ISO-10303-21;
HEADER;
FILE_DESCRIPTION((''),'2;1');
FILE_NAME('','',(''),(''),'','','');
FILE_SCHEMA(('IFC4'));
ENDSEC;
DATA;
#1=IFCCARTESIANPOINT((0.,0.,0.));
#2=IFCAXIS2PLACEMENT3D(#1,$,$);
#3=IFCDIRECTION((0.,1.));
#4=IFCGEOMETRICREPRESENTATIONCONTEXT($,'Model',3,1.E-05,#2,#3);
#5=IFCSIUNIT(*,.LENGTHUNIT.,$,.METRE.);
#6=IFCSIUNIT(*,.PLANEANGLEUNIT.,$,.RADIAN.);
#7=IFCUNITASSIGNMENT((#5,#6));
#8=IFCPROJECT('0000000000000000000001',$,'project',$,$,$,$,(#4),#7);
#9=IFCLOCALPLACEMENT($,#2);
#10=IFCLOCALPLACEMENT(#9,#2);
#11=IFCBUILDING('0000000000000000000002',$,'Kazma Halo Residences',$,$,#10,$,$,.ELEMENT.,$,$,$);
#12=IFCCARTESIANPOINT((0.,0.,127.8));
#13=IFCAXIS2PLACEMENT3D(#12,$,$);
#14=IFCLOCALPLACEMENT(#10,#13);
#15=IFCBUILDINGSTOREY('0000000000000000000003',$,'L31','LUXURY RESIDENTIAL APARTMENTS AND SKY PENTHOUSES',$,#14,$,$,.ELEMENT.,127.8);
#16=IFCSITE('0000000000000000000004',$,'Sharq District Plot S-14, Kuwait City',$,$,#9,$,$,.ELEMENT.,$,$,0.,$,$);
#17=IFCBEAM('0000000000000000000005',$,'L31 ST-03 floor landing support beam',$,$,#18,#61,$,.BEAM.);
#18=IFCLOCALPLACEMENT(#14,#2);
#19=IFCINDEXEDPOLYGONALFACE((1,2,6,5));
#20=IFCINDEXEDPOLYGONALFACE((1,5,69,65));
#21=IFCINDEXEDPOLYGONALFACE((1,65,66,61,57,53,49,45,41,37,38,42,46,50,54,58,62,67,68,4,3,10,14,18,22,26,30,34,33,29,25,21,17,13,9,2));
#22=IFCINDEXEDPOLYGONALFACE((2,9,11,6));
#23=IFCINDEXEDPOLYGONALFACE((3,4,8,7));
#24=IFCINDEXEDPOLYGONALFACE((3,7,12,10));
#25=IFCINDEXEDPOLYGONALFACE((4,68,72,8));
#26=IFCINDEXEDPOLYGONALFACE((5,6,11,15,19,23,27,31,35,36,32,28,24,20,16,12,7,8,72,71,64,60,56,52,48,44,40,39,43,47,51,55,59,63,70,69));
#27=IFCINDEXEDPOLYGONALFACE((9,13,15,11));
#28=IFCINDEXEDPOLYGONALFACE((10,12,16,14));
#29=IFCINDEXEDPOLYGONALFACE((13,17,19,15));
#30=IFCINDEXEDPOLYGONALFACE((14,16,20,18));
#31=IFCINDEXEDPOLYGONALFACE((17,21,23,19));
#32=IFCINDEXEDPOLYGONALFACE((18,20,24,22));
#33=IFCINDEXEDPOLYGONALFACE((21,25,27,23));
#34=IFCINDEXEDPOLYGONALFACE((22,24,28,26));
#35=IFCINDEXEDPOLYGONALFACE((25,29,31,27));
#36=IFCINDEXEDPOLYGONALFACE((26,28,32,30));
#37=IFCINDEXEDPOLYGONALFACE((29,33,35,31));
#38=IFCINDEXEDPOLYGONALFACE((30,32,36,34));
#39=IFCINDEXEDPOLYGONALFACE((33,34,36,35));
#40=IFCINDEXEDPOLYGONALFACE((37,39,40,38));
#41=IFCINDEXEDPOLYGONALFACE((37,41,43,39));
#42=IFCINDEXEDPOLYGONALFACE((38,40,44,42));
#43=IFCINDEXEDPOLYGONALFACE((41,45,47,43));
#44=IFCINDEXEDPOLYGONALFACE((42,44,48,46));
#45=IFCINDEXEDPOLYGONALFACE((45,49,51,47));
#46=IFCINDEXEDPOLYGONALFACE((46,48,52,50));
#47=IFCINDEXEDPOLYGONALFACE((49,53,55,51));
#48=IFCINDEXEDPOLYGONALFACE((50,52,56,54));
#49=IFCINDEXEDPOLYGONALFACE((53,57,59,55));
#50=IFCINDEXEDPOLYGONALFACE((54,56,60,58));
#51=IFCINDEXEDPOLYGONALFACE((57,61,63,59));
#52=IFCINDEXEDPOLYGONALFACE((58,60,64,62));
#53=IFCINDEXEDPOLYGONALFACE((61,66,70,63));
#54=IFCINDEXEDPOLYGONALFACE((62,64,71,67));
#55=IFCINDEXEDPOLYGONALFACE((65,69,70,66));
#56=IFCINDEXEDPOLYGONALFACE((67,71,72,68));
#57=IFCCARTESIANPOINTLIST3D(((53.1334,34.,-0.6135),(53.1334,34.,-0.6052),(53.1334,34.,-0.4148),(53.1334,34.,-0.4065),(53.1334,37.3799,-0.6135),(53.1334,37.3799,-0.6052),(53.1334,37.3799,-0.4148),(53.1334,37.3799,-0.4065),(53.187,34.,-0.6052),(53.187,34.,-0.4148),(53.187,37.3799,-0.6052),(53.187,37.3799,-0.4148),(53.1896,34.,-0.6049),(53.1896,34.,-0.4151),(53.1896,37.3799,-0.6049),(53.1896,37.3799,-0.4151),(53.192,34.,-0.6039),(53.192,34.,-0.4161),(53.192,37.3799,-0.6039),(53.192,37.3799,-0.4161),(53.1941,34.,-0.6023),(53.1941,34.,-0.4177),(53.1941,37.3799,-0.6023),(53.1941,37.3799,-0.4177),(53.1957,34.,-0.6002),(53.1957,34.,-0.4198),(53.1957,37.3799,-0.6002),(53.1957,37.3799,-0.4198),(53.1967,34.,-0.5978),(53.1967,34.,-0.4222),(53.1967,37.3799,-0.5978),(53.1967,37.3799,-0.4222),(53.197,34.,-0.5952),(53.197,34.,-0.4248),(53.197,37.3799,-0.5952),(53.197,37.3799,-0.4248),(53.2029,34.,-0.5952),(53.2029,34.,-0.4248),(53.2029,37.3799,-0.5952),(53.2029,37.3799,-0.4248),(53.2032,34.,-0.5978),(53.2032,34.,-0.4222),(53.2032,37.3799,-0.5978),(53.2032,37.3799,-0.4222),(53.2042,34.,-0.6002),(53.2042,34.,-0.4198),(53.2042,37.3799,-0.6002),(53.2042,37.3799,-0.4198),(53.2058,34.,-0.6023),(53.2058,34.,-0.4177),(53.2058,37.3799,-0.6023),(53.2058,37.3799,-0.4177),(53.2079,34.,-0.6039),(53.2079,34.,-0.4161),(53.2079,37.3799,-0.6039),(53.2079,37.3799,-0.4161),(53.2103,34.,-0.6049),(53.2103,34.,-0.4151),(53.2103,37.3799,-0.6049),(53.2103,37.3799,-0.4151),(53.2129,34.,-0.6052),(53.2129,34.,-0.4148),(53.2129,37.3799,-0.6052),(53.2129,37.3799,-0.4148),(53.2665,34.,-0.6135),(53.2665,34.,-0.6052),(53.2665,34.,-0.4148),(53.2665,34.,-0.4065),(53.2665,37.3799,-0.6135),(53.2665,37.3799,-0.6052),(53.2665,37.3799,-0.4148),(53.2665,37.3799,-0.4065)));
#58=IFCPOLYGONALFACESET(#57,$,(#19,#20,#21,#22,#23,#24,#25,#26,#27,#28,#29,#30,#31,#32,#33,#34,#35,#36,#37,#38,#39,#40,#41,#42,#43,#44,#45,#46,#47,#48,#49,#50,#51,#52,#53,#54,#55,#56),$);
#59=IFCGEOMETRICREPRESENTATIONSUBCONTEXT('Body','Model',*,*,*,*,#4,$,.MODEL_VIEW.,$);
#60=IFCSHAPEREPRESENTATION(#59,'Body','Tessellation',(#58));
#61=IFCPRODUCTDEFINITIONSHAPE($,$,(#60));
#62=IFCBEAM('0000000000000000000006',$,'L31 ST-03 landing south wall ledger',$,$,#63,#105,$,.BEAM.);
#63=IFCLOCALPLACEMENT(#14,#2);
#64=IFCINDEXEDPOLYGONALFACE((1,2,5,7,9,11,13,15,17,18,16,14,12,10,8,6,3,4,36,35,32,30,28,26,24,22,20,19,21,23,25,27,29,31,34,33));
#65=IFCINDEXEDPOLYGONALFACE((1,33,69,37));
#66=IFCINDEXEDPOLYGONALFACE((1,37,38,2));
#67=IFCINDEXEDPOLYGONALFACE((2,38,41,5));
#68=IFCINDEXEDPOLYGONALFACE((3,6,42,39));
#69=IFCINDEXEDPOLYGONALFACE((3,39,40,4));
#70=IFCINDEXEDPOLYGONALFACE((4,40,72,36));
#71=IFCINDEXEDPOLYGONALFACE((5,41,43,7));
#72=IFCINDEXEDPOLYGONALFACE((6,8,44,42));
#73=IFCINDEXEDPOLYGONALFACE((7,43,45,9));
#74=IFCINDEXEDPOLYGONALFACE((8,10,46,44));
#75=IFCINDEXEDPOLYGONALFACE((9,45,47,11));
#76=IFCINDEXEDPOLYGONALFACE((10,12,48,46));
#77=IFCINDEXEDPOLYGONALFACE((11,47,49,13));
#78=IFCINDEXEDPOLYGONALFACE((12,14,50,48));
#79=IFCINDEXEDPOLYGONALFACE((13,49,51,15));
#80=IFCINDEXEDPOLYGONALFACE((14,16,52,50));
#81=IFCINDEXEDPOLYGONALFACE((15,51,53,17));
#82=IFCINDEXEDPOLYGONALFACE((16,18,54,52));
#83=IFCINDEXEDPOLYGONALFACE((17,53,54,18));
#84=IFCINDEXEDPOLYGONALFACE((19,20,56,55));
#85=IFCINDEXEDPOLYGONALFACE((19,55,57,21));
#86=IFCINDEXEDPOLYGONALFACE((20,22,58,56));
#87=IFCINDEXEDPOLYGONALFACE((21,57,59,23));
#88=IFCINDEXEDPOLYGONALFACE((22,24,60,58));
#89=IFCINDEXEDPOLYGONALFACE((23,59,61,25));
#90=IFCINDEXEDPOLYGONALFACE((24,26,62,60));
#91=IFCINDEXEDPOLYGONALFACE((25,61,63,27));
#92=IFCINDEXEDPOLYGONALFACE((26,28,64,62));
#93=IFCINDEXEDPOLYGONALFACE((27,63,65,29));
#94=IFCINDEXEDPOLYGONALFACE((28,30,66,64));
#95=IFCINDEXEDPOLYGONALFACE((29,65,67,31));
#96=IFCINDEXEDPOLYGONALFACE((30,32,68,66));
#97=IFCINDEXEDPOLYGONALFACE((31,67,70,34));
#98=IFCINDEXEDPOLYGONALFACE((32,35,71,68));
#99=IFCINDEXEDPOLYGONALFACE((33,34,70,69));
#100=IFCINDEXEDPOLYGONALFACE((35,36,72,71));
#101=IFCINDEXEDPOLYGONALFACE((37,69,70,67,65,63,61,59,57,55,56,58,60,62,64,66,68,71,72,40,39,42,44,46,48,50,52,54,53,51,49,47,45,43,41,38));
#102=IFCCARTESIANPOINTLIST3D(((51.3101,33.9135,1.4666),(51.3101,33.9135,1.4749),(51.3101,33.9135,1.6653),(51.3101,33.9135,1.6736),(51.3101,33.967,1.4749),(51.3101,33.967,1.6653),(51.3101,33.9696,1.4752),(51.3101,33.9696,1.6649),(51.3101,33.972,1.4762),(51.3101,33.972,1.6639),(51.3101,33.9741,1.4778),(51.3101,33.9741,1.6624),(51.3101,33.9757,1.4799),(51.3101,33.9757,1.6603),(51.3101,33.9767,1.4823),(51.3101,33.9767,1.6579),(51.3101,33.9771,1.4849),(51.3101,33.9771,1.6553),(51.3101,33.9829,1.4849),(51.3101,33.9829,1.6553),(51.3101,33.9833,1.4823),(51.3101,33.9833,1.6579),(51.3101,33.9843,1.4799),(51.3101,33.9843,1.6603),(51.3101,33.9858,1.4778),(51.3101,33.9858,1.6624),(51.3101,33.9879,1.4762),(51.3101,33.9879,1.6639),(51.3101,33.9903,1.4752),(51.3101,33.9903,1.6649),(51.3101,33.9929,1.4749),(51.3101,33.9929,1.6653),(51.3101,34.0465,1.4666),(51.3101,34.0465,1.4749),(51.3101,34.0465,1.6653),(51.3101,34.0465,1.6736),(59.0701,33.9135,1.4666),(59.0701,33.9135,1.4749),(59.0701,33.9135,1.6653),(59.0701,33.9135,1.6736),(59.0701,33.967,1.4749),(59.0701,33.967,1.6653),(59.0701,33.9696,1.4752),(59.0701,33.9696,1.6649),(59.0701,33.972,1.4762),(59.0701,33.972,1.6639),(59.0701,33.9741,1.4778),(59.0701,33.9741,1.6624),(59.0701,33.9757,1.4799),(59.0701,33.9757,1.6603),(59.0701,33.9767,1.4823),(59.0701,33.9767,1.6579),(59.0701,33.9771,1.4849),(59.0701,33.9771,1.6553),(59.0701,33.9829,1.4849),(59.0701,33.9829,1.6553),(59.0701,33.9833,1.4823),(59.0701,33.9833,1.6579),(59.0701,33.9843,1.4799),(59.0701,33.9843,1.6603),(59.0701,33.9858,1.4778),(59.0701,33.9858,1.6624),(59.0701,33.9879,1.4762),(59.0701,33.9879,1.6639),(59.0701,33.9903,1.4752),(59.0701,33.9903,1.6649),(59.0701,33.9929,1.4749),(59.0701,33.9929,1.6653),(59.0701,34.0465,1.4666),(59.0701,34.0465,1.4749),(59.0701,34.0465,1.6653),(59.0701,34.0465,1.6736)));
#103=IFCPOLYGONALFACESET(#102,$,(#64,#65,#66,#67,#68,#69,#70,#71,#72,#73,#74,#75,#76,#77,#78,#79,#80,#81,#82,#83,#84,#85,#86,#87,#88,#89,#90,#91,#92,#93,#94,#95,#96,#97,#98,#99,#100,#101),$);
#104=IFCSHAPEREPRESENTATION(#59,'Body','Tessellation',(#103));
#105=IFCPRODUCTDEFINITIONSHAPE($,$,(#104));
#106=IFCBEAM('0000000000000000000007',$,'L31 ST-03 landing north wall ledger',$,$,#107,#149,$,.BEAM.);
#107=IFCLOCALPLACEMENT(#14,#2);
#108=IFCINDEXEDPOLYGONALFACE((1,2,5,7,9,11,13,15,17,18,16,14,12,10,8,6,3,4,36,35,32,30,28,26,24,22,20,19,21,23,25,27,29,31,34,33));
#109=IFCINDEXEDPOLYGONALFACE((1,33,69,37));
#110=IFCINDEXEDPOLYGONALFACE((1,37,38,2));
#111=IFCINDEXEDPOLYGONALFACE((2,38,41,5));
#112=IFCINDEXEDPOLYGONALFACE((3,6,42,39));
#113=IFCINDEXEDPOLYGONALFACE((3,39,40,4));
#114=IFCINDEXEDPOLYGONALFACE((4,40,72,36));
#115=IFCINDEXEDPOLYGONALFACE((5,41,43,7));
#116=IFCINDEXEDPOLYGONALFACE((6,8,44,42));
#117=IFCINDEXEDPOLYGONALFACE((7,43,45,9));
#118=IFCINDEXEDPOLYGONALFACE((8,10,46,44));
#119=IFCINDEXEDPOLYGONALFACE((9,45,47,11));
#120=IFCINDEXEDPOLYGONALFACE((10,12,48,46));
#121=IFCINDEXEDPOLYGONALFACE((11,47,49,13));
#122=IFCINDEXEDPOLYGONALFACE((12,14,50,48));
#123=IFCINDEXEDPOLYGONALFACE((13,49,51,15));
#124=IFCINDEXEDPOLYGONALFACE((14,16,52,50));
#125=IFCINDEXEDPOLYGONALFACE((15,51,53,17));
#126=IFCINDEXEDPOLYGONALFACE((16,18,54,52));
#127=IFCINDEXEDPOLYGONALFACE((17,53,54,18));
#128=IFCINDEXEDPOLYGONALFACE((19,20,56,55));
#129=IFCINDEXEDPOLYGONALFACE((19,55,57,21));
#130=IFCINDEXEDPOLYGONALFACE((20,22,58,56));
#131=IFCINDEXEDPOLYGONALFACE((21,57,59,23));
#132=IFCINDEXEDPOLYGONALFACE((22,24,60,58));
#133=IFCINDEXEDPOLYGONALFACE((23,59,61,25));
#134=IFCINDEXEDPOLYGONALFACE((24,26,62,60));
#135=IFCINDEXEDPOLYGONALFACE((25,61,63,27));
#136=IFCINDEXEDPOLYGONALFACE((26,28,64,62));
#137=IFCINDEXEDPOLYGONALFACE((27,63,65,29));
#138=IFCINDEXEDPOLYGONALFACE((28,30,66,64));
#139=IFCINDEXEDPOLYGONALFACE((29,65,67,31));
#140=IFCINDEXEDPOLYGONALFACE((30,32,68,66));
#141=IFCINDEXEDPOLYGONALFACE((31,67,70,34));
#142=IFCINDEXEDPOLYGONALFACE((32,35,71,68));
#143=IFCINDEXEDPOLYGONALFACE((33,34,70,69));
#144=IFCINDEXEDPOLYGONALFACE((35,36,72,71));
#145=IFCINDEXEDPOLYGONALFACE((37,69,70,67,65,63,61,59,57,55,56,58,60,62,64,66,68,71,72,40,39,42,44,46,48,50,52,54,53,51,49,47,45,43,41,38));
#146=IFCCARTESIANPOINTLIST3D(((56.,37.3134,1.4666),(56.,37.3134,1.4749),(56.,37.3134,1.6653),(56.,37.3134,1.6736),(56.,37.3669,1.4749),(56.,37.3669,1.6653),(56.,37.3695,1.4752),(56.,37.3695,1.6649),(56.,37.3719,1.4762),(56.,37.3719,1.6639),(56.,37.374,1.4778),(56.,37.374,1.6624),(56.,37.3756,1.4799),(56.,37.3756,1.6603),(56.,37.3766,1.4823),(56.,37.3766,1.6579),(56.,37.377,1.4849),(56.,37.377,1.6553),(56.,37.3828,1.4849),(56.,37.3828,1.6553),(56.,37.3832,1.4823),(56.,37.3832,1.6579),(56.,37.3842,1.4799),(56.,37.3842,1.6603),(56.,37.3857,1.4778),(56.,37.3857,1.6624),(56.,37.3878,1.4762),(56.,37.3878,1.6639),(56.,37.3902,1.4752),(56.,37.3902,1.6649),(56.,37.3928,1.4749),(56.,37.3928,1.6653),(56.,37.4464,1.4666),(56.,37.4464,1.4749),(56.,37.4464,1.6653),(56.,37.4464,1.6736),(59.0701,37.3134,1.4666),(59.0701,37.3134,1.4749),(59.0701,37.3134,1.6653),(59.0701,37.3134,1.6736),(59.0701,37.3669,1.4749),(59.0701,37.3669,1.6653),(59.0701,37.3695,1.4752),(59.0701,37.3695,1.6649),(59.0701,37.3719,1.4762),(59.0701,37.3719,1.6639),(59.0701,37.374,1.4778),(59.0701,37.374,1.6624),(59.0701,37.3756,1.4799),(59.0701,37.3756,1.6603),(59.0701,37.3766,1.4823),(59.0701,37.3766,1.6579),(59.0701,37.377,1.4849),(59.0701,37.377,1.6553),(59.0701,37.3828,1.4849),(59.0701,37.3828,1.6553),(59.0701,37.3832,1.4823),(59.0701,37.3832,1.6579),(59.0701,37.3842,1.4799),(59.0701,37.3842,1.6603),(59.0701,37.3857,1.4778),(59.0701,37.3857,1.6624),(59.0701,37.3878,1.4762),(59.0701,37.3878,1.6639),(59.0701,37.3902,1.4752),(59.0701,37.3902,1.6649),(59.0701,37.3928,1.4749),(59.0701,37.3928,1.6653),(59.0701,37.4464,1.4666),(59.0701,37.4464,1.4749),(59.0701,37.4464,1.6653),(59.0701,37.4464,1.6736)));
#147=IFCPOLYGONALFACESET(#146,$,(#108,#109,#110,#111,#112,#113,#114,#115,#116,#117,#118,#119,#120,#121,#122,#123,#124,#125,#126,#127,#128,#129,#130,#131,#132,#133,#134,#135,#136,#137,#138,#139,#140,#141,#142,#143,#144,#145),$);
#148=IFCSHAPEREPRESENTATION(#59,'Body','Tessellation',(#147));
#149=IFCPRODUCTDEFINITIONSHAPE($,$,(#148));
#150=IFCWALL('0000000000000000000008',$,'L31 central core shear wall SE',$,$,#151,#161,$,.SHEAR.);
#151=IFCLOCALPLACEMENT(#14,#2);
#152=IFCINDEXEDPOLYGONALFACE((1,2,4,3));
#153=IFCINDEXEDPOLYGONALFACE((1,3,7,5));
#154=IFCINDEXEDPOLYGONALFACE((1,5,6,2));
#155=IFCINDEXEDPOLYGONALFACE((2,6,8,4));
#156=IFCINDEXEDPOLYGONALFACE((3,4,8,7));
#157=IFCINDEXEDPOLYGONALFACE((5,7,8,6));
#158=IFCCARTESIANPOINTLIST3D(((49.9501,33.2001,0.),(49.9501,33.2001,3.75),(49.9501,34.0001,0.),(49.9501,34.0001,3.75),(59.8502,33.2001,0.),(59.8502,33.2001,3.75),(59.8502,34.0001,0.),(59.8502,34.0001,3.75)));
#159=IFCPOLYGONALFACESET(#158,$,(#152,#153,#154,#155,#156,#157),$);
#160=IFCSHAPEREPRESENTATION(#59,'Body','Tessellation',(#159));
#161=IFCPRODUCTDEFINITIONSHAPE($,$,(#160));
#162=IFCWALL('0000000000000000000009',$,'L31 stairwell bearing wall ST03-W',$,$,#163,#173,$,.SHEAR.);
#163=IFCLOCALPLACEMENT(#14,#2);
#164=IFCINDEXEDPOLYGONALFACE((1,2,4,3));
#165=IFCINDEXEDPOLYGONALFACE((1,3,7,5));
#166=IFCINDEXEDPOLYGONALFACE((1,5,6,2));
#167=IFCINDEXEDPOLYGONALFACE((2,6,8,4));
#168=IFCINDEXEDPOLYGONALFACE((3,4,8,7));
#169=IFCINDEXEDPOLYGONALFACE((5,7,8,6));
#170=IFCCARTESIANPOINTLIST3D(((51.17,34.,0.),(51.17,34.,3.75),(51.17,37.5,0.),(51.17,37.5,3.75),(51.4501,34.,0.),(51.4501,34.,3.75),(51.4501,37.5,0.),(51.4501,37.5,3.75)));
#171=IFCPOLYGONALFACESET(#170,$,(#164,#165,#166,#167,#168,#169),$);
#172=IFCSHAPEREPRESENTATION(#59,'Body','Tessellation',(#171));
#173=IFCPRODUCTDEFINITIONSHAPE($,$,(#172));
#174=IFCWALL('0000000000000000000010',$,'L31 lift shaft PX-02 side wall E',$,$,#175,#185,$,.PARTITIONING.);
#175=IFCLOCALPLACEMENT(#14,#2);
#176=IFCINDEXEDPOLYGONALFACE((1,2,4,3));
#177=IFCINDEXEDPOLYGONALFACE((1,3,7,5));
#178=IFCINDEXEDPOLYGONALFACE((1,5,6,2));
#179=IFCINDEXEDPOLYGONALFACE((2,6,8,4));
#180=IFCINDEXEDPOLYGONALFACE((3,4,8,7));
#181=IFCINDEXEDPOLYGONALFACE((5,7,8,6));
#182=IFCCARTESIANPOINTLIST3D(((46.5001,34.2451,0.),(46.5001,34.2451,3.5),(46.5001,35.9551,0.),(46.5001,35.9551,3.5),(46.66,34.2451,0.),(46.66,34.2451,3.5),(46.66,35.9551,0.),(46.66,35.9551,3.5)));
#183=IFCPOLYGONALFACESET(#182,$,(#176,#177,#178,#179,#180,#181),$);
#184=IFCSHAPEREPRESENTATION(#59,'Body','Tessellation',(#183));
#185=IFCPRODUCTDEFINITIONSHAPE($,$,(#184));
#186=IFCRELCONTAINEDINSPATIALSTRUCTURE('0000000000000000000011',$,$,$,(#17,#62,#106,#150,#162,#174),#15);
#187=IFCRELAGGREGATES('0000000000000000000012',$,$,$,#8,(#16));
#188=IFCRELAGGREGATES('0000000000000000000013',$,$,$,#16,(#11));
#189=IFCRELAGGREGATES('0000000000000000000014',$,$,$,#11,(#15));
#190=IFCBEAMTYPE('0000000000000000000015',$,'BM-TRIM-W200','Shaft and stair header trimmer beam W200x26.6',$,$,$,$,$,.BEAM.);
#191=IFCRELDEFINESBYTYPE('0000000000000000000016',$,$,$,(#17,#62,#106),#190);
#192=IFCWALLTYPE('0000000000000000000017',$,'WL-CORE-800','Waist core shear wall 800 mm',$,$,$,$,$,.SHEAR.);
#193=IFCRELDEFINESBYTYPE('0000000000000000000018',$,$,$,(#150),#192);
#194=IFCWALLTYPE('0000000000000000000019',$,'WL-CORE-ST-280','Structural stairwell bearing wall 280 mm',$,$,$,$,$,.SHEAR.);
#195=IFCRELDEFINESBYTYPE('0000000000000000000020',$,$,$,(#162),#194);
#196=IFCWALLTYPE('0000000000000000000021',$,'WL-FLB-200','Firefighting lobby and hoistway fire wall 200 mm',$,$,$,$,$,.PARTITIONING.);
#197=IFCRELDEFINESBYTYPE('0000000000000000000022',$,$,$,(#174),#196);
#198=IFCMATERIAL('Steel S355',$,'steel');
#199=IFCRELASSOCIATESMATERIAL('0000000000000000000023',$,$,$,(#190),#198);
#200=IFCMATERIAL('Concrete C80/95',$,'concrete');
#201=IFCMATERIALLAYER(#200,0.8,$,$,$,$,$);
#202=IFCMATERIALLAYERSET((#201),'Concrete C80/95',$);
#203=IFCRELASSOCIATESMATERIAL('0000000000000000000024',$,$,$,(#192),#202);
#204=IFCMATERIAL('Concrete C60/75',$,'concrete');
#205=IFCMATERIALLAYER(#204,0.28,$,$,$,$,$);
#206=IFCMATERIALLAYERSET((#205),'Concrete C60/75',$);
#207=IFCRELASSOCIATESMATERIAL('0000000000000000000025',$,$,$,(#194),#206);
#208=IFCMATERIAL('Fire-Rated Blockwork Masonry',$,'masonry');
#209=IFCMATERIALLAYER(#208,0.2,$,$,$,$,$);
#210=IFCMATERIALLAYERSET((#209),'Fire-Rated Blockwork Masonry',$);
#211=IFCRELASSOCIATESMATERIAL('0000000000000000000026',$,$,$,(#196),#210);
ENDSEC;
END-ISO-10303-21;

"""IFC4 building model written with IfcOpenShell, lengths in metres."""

from ifc_helpers import new_model, si_unit, direction, frame, frame_2d, origin, origin_2d, place, context, subcontext, project, spatial, rectangle, i_section, extrude, material, layer, layer_set, material_profile, profile_set, type_object, element, save


model = new_model("IFC4")

# Units and contexts
model_context = context("Model", 3, precision=1e-05, world=origin(), true_north=direction((0.0, 1.0)))
body_context = subcontext(model_context, "Body", "Model", "MODEL_VIEW")
ifc_project = project(units=[si_unit("LENGTHUNIT", "METRE"), si_unit("PLANEANGLEUNIT", "RADIAN")], contexts=[model_context])

# Site, building, storey
site_placement = place(None, origin())
site = spatial("IfcSite", under=ifc_project, at=site_placement, Name="Sharq District Plot S-14, Kuwait City", CompositionType="ELEMENT", RefElevation=0.0)
building_placement = place(site_placement, origin())
building = spatial("IfcBuilding", under=site, at=building_placement, Name="Kazma Halo Residences", CompositionType="ELEMENT")
storey_placement = place(building_placement, frame((0.0, 0.0, 127.8)))
storey = spatial("IfcBuildingStorey", under=building, at=storey_placement, Name="L31", Description="LUXURY RESIDENTIAL APARTMENTS AND SKY PENTHOUSES", CompositionType="ELEMENT", Elevation=127.8)

# Shared definitions
ifc_material_1 = material(Name="Steel S355", Category="steel")

# Beams
ifc_material_profile_1 = material_profile(ifc_material_1, i_section(OverallWidth=0.1331, OverallDepth=0.207, WebThickness=0.0059, FlangeThickness=0.0083, FilletRadius=0.01, at=origin_2d()), Name="W200x26.6")
ifc_profile_set_1 = profile_set([ifc_material_profile_1], Name="Steel S355")
beam_type_1 = type_object("IfcBeamType", Name="BM-TRIM-W200", Description="Shaft and stair header trimmer beam W200x26.6", PredefinedType="BEAM", material=ifc_profile_set_1)
beam_1_placement = place(storey_placement, frame((53.2, 34.0, -0.51), z_axis=(0.0, 1.0, 0.0), x_axis=(-1.0, 0.0, 0.0)))
element("IfcBeam", 1, at=beam_1_placement, inside=storey, type_object=beam_type_1, Name="L31 ST-03 floor landing support beam", PredefinedType="BEAM", context=body_context, shape_type="SweptSolid", body=[
    extrude(i_section(OverallWidth=0.1331, OverallDepth=0.207, WebThickness=0.0059, FlangeThickness=0.0083, FilletRadius=0.01, at=origin_2d()), origin(), (0.0, 0.0, 1.0), 3.3799),
])
beam_2_placement = place(storey_placement, frame((51.3101, 33.98, 1.5701), z_axis=(1.0, 0.0, 0.0), x_axis=(0.0, 1.0, 0.0)))
element("IfcBeam", 2, at=beam_2_placement, inside=storey, type_object=beam_type_1, Name="L31 ST-03 landing south wall ledger", PredefinedType="BEAM", context=body_context, shape_type="SweptSolid", body=[
    extrude(i_section(OverallWidth=0.1331, OverallDepth=0.207, WebThickness=0.0059, FlangeThickness=0.0083, FilletRadius=0.01, at=origin_2d()), origin(), (0.0, 0.0, 1.0), 7.76),
])
beam_3_placement = place(storey_placement, frame((56.0, 37.3799, 1.5701), z_axis=(1.0, 0.0, 0.0), x_axis=(0.0, 1.0, 0.0)))
element("IfcBeam", 3, at=beam_3_placement, inside=storey, type_object=beam_type_1, Name="L31 ST-03 landing north wall ledger", PredefinedType="BEAM", context=body_context, shape_type="SweptSolid", body=[
    extrude(i_section(OverallWidth=0.1331, OverallDepth=0.207, WebThickness=0.0059, FlangeThickness=0.0083, FilletRadius=0.01, at=origin_2d()), origin(), (0.0, 0.0, 1.0), 3.0701),
])

# Walls
ifc_material_2 = material(Name="Concrete C80/95", Category="concrete")
ifc_layer_1 = layer(ifc_material_2, 0.8)
ifc_layer_set_1 = layer_set([ifc_layer_1], Name="Concrete C80/95")
wall_type_1 = type_object("IfcWallType", Name="WL-CORE-800", Description="Waist core shear wall 800 mm", PredefinedType="SHEAR", material=ifc_layer_set_1)
wall_1_placement = place(storey_placement, frame((49.95, 33.6001, 0.0), z_axis=(0.0, 0.0, 1.0), x_axis=(1.0, 0.0, 0.0)))
element("IfcWall", 4, at=wall_1_placement, inside=storey, type_object=wall_type_1, Name="L31 central core shear wall SE", PredefinedType="SHEAR", context=body_context, shape_type="SweptSolid", body=[
    extrude(rectangle(XDim=9.9001, YDim=0.8, at=frame_2d((4.9502, 0.0))), origin(), (0.0, 0.0, 1.0), 3.75),
])
ifc_material_3 = material(Name="Concrete C60/75", Category="concrete")
ifc_layer_2 = layer(ifc_material_3, 0.28)
ifc_layer_set_2 = layer_set([ifc_layer_2], Name="Concrete C60/75")
wall_type_2 = type_object("IfcWallType", Name="WL-CORE-ST-280", Description="Structural stairwell bearing wall 280 mm", PredefinedType="SHEAR", material=ifc_layer_set_2)
wall_2_placement = place(storey_placement, frame((51.3101, 34.0, 0.0), z_axis=(0.0, 0.0, 1.0), x_axis=(0.0, 1.0, 0.0)))
element("IfcWall", 5, at=wall_2_placement, inside=storey, type_object=wall_type_2, Name="L31 stairwell bearing wall ST03-W", PredefinedType="SHEAR", context=body_context, shape_type="SweptSolid", body=[
    extrude(rectangle(XDim=3.5, YDim=0.28, at=frame_2d((1.75, 0.0))), origin(), (0.0, 0.0, 1.0), 3.75),
])
ifc_material_4 = material(Name="Fire-Rated Blockwork Masonry", Category="masonry")
ifc_layer_3 = layer(ifc_material_4, 0.2)
ifc_layer_set_3 = layer_set([ifc_layer_3], Name="Fire-Rated Blockwork Masonry")
wall_type_3 = type_object("IfcWallType", Name="WL-FLB-200", Description="Firefighting lobby and hoistway fire wall 200 mm", PredefinedType="PARTITIONING", material=ifc_layer_set_3)
wall_3_placement = place(storey_placement, frame((46.5801, 34.2451, 0.0), z_axis=(0.0, 0.0, 1.0), x_axis=(0.0, 1.0, 0.0)))
element("IfcWall", 6, at=wall_3_placement, inside=storey, type_object=wall_type_3, Name="L31 lift shaft PX-02 side wall E", PredefinedType="PARTITIONING", context=body_context, shape_type="SweptSolid", body=[
    extrude(rectangle(XDim=1.71, YDim=0.1599, at=frame_2d((0.855, 0.0))), origin(), (0.0, 0.0, 1.0), 3.5),
])

save(model, "model.ifc")
